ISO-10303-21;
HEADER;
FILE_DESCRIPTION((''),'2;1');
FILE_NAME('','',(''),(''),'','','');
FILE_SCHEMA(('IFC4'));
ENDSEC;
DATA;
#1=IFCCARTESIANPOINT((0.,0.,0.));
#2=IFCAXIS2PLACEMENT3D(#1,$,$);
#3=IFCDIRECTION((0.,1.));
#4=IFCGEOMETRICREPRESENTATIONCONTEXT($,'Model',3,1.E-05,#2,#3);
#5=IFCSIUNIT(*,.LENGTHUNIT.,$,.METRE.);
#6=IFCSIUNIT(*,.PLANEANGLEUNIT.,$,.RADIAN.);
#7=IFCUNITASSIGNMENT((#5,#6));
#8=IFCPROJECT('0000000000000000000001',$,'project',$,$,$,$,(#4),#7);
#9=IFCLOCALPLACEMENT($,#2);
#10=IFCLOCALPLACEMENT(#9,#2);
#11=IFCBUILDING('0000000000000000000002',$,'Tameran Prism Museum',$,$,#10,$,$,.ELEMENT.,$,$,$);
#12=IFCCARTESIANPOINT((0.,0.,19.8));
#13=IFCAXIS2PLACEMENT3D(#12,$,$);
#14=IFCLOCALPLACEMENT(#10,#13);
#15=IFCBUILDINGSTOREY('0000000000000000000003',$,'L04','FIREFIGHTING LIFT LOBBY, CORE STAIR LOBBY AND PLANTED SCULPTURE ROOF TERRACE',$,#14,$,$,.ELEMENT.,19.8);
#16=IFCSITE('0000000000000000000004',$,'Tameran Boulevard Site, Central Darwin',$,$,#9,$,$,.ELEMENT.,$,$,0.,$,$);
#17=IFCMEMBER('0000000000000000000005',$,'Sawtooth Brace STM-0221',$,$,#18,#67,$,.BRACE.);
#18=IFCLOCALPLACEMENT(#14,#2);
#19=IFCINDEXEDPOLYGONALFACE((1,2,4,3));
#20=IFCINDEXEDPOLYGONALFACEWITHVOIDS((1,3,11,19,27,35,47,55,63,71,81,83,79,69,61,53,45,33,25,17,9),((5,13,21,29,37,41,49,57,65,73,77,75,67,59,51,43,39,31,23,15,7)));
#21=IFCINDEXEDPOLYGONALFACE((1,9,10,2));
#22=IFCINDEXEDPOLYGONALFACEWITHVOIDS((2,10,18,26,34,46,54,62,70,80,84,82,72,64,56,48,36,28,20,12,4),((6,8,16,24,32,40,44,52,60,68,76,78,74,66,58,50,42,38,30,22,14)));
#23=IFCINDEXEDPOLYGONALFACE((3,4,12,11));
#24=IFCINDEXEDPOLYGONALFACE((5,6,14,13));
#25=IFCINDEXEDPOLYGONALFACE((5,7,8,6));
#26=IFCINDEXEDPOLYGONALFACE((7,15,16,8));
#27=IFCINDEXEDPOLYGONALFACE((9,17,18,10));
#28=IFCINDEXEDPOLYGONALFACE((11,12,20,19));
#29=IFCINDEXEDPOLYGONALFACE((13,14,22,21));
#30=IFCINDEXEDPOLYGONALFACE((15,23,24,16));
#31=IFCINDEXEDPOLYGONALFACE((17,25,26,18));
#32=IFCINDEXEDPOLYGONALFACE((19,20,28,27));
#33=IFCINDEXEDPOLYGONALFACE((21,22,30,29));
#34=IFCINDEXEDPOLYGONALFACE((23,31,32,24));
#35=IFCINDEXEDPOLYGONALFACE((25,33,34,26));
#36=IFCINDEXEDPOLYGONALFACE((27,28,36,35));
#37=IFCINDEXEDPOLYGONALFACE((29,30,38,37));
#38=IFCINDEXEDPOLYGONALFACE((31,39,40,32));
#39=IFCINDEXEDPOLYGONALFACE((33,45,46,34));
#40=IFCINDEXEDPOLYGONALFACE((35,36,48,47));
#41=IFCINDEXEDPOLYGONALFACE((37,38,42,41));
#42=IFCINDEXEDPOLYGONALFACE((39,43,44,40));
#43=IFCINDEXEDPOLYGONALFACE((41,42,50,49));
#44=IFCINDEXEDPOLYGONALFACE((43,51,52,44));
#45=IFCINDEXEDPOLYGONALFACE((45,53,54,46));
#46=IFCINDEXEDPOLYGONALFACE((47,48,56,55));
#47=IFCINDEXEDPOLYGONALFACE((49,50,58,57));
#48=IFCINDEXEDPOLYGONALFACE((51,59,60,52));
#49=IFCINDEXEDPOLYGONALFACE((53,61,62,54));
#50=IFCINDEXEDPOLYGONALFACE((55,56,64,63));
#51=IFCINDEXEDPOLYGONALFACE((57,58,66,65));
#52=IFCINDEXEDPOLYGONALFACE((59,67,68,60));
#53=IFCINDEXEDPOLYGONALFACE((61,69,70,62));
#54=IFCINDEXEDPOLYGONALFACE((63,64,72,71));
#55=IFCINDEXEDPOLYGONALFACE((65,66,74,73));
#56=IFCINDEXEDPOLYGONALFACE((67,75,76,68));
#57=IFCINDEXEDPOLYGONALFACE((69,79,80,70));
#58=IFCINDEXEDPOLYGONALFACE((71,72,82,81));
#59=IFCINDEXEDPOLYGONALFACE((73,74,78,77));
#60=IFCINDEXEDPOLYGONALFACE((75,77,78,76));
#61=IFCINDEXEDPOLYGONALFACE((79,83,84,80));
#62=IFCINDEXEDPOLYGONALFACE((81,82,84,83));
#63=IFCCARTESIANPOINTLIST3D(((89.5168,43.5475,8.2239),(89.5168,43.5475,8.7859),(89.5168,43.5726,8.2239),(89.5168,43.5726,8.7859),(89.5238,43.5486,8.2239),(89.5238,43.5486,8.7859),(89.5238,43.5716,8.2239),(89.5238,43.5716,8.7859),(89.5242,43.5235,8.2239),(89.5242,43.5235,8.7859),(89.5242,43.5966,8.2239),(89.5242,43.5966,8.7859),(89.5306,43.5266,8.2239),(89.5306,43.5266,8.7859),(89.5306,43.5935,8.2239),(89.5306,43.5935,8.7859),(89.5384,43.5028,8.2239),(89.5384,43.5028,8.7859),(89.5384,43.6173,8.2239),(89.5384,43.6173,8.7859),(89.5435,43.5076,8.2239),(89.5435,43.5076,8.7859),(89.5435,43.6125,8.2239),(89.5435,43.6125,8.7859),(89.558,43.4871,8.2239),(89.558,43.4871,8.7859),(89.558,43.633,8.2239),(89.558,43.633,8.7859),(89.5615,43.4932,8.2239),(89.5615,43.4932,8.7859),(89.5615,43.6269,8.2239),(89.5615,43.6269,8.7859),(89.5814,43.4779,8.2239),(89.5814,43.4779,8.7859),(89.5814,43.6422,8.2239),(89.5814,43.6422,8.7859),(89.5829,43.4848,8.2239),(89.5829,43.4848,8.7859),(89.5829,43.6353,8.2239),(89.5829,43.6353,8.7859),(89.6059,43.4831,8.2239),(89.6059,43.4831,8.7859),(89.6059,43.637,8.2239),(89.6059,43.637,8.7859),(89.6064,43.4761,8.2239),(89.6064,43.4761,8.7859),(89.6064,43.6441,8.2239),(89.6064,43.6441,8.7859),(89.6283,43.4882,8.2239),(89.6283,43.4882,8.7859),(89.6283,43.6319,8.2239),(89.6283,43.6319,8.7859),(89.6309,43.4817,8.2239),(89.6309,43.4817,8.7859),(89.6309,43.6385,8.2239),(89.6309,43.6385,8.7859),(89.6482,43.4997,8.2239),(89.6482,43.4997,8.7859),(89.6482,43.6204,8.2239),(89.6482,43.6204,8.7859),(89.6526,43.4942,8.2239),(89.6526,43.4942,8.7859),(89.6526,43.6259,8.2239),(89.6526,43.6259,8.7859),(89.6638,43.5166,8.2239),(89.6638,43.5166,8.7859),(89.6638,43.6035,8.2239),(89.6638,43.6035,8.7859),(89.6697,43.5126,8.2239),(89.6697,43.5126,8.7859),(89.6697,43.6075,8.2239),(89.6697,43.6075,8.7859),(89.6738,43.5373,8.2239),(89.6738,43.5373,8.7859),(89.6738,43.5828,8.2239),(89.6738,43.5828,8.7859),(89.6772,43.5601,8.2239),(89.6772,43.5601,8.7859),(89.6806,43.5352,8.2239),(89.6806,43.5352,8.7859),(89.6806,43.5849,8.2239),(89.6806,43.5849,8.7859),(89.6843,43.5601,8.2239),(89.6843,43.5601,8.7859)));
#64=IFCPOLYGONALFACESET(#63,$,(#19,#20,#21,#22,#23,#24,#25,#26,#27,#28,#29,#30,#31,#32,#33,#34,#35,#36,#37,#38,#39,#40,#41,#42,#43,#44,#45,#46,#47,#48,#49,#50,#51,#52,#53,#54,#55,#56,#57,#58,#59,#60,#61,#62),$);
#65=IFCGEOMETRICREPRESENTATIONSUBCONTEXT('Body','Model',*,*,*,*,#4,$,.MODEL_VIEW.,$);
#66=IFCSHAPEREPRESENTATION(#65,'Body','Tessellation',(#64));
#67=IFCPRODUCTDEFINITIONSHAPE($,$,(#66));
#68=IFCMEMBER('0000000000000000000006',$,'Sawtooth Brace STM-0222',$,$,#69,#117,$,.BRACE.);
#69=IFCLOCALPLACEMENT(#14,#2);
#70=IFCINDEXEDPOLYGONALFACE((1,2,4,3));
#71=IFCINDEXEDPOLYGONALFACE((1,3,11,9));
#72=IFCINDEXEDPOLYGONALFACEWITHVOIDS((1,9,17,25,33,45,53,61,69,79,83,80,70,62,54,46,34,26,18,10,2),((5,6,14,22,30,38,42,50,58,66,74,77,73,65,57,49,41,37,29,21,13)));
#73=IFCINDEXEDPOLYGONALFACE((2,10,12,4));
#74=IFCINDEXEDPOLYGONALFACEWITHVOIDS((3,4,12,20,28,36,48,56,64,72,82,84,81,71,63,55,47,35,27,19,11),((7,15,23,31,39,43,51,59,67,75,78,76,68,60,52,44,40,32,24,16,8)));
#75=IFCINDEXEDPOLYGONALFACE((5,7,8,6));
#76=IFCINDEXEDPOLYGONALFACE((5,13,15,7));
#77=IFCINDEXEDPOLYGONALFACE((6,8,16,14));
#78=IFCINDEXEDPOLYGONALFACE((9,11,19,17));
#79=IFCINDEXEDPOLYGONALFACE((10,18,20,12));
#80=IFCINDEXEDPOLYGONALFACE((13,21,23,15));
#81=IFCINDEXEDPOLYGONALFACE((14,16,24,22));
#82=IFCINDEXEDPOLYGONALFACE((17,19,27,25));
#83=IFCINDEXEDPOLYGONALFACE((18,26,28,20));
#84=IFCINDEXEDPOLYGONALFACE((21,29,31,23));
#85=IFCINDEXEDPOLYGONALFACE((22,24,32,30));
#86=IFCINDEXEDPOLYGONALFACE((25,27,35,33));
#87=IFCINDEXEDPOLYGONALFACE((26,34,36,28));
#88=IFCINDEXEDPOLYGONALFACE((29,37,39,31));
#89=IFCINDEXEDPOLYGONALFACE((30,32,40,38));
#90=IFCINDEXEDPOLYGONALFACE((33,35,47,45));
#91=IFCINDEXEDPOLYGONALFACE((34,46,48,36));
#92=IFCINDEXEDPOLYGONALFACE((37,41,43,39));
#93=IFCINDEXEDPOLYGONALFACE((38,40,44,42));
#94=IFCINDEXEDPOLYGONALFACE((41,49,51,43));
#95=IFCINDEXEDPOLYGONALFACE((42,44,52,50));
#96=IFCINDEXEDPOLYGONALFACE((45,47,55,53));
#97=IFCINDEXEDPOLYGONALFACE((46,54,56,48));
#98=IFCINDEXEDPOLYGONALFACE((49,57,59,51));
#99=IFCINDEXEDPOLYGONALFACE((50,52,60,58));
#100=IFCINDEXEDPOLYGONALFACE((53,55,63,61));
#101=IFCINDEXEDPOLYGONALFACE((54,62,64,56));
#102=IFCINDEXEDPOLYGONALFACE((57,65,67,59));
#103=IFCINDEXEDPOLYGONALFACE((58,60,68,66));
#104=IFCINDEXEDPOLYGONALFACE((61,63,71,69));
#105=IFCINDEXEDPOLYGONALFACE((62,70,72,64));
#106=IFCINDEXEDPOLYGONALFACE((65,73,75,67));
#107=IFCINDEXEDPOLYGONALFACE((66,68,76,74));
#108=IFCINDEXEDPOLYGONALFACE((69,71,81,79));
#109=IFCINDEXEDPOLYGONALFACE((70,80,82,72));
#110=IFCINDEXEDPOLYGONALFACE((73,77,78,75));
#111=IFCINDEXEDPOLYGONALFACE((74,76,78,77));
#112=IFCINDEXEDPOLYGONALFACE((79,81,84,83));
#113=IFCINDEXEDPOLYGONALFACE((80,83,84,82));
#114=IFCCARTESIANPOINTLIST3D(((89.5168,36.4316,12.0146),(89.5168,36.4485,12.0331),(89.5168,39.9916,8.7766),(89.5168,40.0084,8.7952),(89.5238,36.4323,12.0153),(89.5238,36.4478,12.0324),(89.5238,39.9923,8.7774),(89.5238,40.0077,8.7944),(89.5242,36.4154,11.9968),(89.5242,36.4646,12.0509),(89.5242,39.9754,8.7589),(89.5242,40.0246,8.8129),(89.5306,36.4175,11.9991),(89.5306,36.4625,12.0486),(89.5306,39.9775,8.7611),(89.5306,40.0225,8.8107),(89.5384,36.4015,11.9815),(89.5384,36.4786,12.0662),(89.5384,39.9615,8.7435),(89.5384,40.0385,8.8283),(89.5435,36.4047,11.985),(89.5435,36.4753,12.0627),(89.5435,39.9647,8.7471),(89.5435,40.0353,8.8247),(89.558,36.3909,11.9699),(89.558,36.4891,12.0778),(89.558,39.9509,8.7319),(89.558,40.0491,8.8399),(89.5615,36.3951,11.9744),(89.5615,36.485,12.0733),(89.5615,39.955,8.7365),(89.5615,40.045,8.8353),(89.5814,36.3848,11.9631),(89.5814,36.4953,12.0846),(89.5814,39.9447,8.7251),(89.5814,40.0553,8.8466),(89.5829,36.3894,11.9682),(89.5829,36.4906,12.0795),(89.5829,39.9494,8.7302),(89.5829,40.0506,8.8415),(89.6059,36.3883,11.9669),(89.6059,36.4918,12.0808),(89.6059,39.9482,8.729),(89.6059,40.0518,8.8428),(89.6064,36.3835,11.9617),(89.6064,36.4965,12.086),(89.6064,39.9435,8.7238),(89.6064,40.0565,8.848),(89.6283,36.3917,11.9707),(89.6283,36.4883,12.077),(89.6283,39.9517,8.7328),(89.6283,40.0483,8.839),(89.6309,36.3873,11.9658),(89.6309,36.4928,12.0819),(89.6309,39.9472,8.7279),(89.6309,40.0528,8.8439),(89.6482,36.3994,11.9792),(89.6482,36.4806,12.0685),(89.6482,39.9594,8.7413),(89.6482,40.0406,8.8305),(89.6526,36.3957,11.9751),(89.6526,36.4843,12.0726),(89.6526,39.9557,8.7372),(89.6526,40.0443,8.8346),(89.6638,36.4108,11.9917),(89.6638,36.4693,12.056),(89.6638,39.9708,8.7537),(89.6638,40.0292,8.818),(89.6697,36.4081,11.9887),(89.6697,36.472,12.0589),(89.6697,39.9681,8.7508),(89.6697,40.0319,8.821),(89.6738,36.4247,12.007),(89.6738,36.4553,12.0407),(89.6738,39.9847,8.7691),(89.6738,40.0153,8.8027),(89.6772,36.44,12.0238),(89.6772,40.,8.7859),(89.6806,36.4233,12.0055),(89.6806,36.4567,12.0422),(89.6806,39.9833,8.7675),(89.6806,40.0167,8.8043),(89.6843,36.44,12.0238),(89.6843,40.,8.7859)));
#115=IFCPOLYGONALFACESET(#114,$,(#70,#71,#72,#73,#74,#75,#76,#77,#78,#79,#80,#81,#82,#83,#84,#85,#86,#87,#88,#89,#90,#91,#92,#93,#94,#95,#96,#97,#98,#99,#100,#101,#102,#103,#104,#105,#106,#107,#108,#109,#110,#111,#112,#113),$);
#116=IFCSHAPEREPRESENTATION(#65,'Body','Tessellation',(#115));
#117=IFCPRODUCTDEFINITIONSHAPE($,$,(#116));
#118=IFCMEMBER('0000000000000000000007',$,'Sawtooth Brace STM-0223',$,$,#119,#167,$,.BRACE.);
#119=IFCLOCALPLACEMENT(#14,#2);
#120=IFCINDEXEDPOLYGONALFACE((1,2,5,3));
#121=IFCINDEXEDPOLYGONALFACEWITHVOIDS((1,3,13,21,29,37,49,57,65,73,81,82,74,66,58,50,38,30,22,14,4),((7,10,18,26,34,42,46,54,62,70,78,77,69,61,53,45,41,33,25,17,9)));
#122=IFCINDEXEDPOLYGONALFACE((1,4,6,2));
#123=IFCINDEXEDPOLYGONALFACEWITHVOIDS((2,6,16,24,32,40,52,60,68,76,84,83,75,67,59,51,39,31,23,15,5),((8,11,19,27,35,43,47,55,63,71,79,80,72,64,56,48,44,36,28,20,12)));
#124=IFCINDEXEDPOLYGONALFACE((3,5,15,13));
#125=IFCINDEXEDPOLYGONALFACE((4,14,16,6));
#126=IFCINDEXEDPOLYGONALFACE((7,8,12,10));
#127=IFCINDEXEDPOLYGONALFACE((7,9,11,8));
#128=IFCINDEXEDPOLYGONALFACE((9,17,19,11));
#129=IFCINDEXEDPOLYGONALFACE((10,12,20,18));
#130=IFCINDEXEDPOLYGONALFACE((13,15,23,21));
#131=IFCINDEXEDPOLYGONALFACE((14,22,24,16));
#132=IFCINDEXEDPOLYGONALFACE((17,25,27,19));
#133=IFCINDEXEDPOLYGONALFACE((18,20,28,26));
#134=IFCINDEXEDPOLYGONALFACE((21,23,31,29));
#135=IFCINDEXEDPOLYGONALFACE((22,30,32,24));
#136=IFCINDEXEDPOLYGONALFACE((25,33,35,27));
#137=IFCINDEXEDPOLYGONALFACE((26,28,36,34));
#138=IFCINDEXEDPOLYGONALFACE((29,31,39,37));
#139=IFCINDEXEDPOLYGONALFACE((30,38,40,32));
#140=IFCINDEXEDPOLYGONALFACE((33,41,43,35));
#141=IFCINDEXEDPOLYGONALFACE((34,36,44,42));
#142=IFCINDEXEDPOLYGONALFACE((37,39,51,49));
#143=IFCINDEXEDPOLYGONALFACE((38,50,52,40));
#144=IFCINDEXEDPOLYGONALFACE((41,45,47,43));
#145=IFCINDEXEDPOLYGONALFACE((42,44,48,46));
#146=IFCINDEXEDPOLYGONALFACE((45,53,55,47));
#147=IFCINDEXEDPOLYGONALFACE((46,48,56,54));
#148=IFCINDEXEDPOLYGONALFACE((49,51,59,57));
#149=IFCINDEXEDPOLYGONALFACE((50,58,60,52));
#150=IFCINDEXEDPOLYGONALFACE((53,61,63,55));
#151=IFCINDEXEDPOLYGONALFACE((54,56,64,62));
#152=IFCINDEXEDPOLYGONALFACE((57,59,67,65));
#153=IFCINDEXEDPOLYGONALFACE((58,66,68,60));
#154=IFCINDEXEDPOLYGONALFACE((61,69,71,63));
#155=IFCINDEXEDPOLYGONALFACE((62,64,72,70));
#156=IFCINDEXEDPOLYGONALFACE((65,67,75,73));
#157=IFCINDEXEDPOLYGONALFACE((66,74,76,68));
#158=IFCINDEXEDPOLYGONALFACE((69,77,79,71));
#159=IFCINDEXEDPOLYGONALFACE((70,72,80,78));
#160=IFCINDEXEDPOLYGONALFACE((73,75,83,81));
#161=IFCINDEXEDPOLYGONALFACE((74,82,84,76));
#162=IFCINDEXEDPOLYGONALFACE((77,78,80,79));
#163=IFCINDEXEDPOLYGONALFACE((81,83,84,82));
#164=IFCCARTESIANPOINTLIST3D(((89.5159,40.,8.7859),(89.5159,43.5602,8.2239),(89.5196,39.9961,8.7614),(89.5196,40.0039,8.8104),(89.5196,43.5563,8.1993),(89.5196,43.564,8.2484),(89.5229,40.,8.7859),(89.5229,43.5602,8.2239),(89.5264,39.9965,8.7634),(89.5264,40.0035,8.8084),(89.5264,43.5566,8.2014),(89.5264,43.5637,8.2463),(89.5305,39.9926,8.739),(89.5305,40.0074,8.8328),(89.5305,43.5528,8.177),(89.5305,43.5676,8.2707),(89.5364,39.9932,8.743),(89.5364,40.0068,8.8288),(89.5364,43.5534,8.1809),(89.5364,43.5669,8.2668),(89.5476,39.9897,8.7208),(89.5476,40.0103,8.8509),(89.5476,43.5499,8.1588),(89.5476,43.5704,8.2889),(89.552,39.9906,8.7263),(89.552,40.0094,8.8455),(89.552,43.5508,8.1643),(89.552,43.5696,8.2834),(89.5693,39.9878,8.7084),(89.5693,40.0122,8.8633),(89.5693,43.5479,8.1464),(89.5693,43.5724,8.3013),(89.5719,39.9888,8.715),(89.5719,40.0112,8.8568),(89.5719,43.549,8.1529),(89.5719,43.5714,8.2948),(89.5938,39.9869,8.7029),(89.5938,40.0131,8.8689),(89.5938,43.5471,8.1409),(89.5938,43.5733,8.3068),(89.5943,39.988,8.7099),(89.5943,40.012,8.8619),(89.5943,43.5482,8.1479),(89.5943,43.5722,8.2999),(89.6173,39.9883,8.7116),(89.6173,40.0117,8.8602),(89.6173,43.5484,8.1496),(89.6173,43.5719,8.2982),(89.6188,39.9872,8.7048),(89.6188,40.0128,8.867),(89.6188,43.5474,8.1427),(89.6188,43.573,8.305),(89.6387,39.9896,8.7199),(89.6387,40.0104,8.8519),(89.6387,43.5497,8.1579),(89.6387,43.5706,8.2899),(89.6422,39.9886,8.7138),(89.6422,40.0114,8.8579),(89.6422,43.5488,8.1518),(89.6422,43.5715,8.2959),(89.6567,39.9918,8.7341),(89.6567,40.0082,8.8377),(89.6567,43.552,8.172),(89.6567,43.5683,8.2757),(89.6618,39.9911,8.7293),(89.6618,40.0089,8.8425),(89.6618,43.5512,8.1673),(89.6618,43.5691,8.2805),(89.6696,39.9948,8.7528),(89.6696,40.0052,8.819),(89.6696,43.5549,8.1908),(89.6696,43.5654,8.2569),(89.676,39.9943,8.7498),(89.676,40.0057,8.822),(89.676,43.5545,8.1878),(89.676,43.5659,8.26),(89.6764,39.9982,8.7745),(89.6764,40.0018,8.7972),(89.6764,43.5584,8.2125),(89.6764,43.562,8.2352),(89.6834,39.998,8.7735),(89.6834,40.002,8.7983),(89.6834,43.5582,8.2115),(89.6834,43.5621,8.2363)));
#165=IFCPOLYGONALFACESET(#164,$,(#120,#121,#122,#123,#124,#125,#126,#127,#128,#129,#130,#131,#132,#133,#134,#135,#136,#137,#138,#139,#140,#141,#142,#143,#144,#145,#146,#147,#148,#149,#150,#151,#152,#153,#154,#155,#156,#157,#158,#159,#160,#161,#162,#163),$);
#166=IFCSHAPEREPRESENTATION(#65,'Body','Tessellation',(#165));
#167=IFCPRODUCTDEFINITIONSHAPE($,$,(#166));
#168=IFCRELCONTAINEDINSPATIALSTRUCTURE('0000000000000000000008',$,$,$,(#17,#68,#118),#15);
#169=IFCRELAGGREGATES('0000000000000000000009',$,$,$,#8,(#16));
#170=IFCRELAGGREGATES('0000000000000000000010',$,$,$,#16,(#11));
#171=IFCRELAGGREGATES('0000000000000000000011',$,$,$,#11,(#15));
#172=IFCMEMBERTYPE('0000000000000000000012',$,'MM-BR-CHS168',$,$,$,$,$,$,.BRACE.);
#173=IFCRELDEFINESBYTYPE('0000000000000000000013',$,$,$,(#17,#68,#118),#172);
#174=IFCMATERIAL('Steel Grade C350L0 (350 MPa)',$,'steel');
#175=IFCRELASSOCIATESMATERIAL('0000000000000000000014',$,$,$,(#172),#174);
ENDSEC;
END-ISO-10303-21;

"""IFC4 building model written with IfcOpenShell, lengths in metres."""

from ifc_helpers import new_model, si_unit, direction, frame, origin, origin_2d, place, context, subcontext, project, spatial, hollow_circle, extrude, material, material_profile, profile_set, type_object, element, save


model = new_model("IFC4")

# Units and contexts
model_context = context("Model", 3, precision=1e-05, world=origin(), true_north=direction((0.0, 1.0)))
body_context = subcontext(model_context, "Body", "Model", "MODEL_VIEW")
ifc_project = project(units=[si_unit("LENGTHUNIT", "METRE"), si_unit("PLANEANGLEUNIT", "RADIAN")], contexts=[model_context])

# Site, building, storey
site_placement = place(None, origin())
site = spatial("IfcSite", under=ifc_project, at=site_placement, Name="Tameran Boulevard Site, Central Darwin", CompositionType="ELEMENT", RefElevation=0.0)
building_placement = place(site_placement, origin())
building = spatial("IfcBuilding", under=site, at=building_placement, Name="Tameran Prism Museum", CompositionType="ELEMENT")
storey_placement = place(building_placement, frame((0.0, 0.0, 19.8)))
storey = spatial("IfcBuildingStorey", under=building, at=storey_placement, Name="L04", Description="FIREFIGHTING LIFT LOBBY, CORE STAIR LOBBY AND PLANTED SCULPTURE ROOF TERRACE", CompositionType="ELEMENT", Elevation=19.8)

# Members
ifc_material_1 = material(Name="Steel Grade C350L0 (350 MPa)", Category="steel")
ifc_material_profile_1 = material_profile(ifc_material_1, hollow_circle(Radius=0.0842, WallThickness=0.0071, at=origin_2d()))
ifc_profile_set_1 = profile_set([ifc_material_profile_1])
member_type_1 = type_object("IfcMemberType", Name="MM-BR-CHS168", PredefinedType="BRACE", material=ifc_profile_set_1)
member_1_placement = place(storey_placement, frame((89.6001, 43.5601, 8.7859), z_axis=(0.0, 0.0, -1.0), x_axis=(1.0, 0.0, 0.0)))
element("IfcMember", 1, at=member_1_placement, inside=storey, type_object=member_type_1, Name="Sawtooth Brace STM-0221", PredefinedType="BRACE", context=body_context, shape_type="SweptSolid", body=[
    extrude(hollow_circle(Radius=0.0842, WallThickness=0.0071, at=origin_2d()), origin(), (0.0, 0.0, 1.0), 0.562),
])
member_2_placement = place(storey_placement, frame((89.6001, 40.0, 8.7859), z_axis=(0.0, -0.739772, 0.672857), x_axis=(1.0, 0.0, 0.0)))
element("IfcMember", 2, at=member_2_placement, inside=storey, type_object=member_type_1, Name="Sawtooth Brace STM-0222", PredefinedType="BRACE", context=body_context, shape_type="SweptSolid", body=[
    extrude(hollow_circle(Radius=0.0842, WallThickness=0.0071, at=origin_2d()), origin(), (0.0, 0.0, 1.0), 4.8123),
])
member_3_placement = place(storey_placement, frame((89.6001, 40.0, 8.7859), z_axis=(0.0, 0.987767, -0.155935), x_axis=(-1.0, 0.0, 0.0)))
element("IfcMember", 3, at=member_3_placement, inside=storey, type_object=member_type_1, Name="Sawtooth Brace STM-0223", PredefinedType="BRACE", context=body_context, shape_type="SweptSolid", body=[
    extrude(hollow_circle(Radius=0.0842, WallThickness=0.0071, at=origin_2d()), origin(), (0.0, 0.0, 1.0), 3.6042),
])

save(model, "model.ifc")
